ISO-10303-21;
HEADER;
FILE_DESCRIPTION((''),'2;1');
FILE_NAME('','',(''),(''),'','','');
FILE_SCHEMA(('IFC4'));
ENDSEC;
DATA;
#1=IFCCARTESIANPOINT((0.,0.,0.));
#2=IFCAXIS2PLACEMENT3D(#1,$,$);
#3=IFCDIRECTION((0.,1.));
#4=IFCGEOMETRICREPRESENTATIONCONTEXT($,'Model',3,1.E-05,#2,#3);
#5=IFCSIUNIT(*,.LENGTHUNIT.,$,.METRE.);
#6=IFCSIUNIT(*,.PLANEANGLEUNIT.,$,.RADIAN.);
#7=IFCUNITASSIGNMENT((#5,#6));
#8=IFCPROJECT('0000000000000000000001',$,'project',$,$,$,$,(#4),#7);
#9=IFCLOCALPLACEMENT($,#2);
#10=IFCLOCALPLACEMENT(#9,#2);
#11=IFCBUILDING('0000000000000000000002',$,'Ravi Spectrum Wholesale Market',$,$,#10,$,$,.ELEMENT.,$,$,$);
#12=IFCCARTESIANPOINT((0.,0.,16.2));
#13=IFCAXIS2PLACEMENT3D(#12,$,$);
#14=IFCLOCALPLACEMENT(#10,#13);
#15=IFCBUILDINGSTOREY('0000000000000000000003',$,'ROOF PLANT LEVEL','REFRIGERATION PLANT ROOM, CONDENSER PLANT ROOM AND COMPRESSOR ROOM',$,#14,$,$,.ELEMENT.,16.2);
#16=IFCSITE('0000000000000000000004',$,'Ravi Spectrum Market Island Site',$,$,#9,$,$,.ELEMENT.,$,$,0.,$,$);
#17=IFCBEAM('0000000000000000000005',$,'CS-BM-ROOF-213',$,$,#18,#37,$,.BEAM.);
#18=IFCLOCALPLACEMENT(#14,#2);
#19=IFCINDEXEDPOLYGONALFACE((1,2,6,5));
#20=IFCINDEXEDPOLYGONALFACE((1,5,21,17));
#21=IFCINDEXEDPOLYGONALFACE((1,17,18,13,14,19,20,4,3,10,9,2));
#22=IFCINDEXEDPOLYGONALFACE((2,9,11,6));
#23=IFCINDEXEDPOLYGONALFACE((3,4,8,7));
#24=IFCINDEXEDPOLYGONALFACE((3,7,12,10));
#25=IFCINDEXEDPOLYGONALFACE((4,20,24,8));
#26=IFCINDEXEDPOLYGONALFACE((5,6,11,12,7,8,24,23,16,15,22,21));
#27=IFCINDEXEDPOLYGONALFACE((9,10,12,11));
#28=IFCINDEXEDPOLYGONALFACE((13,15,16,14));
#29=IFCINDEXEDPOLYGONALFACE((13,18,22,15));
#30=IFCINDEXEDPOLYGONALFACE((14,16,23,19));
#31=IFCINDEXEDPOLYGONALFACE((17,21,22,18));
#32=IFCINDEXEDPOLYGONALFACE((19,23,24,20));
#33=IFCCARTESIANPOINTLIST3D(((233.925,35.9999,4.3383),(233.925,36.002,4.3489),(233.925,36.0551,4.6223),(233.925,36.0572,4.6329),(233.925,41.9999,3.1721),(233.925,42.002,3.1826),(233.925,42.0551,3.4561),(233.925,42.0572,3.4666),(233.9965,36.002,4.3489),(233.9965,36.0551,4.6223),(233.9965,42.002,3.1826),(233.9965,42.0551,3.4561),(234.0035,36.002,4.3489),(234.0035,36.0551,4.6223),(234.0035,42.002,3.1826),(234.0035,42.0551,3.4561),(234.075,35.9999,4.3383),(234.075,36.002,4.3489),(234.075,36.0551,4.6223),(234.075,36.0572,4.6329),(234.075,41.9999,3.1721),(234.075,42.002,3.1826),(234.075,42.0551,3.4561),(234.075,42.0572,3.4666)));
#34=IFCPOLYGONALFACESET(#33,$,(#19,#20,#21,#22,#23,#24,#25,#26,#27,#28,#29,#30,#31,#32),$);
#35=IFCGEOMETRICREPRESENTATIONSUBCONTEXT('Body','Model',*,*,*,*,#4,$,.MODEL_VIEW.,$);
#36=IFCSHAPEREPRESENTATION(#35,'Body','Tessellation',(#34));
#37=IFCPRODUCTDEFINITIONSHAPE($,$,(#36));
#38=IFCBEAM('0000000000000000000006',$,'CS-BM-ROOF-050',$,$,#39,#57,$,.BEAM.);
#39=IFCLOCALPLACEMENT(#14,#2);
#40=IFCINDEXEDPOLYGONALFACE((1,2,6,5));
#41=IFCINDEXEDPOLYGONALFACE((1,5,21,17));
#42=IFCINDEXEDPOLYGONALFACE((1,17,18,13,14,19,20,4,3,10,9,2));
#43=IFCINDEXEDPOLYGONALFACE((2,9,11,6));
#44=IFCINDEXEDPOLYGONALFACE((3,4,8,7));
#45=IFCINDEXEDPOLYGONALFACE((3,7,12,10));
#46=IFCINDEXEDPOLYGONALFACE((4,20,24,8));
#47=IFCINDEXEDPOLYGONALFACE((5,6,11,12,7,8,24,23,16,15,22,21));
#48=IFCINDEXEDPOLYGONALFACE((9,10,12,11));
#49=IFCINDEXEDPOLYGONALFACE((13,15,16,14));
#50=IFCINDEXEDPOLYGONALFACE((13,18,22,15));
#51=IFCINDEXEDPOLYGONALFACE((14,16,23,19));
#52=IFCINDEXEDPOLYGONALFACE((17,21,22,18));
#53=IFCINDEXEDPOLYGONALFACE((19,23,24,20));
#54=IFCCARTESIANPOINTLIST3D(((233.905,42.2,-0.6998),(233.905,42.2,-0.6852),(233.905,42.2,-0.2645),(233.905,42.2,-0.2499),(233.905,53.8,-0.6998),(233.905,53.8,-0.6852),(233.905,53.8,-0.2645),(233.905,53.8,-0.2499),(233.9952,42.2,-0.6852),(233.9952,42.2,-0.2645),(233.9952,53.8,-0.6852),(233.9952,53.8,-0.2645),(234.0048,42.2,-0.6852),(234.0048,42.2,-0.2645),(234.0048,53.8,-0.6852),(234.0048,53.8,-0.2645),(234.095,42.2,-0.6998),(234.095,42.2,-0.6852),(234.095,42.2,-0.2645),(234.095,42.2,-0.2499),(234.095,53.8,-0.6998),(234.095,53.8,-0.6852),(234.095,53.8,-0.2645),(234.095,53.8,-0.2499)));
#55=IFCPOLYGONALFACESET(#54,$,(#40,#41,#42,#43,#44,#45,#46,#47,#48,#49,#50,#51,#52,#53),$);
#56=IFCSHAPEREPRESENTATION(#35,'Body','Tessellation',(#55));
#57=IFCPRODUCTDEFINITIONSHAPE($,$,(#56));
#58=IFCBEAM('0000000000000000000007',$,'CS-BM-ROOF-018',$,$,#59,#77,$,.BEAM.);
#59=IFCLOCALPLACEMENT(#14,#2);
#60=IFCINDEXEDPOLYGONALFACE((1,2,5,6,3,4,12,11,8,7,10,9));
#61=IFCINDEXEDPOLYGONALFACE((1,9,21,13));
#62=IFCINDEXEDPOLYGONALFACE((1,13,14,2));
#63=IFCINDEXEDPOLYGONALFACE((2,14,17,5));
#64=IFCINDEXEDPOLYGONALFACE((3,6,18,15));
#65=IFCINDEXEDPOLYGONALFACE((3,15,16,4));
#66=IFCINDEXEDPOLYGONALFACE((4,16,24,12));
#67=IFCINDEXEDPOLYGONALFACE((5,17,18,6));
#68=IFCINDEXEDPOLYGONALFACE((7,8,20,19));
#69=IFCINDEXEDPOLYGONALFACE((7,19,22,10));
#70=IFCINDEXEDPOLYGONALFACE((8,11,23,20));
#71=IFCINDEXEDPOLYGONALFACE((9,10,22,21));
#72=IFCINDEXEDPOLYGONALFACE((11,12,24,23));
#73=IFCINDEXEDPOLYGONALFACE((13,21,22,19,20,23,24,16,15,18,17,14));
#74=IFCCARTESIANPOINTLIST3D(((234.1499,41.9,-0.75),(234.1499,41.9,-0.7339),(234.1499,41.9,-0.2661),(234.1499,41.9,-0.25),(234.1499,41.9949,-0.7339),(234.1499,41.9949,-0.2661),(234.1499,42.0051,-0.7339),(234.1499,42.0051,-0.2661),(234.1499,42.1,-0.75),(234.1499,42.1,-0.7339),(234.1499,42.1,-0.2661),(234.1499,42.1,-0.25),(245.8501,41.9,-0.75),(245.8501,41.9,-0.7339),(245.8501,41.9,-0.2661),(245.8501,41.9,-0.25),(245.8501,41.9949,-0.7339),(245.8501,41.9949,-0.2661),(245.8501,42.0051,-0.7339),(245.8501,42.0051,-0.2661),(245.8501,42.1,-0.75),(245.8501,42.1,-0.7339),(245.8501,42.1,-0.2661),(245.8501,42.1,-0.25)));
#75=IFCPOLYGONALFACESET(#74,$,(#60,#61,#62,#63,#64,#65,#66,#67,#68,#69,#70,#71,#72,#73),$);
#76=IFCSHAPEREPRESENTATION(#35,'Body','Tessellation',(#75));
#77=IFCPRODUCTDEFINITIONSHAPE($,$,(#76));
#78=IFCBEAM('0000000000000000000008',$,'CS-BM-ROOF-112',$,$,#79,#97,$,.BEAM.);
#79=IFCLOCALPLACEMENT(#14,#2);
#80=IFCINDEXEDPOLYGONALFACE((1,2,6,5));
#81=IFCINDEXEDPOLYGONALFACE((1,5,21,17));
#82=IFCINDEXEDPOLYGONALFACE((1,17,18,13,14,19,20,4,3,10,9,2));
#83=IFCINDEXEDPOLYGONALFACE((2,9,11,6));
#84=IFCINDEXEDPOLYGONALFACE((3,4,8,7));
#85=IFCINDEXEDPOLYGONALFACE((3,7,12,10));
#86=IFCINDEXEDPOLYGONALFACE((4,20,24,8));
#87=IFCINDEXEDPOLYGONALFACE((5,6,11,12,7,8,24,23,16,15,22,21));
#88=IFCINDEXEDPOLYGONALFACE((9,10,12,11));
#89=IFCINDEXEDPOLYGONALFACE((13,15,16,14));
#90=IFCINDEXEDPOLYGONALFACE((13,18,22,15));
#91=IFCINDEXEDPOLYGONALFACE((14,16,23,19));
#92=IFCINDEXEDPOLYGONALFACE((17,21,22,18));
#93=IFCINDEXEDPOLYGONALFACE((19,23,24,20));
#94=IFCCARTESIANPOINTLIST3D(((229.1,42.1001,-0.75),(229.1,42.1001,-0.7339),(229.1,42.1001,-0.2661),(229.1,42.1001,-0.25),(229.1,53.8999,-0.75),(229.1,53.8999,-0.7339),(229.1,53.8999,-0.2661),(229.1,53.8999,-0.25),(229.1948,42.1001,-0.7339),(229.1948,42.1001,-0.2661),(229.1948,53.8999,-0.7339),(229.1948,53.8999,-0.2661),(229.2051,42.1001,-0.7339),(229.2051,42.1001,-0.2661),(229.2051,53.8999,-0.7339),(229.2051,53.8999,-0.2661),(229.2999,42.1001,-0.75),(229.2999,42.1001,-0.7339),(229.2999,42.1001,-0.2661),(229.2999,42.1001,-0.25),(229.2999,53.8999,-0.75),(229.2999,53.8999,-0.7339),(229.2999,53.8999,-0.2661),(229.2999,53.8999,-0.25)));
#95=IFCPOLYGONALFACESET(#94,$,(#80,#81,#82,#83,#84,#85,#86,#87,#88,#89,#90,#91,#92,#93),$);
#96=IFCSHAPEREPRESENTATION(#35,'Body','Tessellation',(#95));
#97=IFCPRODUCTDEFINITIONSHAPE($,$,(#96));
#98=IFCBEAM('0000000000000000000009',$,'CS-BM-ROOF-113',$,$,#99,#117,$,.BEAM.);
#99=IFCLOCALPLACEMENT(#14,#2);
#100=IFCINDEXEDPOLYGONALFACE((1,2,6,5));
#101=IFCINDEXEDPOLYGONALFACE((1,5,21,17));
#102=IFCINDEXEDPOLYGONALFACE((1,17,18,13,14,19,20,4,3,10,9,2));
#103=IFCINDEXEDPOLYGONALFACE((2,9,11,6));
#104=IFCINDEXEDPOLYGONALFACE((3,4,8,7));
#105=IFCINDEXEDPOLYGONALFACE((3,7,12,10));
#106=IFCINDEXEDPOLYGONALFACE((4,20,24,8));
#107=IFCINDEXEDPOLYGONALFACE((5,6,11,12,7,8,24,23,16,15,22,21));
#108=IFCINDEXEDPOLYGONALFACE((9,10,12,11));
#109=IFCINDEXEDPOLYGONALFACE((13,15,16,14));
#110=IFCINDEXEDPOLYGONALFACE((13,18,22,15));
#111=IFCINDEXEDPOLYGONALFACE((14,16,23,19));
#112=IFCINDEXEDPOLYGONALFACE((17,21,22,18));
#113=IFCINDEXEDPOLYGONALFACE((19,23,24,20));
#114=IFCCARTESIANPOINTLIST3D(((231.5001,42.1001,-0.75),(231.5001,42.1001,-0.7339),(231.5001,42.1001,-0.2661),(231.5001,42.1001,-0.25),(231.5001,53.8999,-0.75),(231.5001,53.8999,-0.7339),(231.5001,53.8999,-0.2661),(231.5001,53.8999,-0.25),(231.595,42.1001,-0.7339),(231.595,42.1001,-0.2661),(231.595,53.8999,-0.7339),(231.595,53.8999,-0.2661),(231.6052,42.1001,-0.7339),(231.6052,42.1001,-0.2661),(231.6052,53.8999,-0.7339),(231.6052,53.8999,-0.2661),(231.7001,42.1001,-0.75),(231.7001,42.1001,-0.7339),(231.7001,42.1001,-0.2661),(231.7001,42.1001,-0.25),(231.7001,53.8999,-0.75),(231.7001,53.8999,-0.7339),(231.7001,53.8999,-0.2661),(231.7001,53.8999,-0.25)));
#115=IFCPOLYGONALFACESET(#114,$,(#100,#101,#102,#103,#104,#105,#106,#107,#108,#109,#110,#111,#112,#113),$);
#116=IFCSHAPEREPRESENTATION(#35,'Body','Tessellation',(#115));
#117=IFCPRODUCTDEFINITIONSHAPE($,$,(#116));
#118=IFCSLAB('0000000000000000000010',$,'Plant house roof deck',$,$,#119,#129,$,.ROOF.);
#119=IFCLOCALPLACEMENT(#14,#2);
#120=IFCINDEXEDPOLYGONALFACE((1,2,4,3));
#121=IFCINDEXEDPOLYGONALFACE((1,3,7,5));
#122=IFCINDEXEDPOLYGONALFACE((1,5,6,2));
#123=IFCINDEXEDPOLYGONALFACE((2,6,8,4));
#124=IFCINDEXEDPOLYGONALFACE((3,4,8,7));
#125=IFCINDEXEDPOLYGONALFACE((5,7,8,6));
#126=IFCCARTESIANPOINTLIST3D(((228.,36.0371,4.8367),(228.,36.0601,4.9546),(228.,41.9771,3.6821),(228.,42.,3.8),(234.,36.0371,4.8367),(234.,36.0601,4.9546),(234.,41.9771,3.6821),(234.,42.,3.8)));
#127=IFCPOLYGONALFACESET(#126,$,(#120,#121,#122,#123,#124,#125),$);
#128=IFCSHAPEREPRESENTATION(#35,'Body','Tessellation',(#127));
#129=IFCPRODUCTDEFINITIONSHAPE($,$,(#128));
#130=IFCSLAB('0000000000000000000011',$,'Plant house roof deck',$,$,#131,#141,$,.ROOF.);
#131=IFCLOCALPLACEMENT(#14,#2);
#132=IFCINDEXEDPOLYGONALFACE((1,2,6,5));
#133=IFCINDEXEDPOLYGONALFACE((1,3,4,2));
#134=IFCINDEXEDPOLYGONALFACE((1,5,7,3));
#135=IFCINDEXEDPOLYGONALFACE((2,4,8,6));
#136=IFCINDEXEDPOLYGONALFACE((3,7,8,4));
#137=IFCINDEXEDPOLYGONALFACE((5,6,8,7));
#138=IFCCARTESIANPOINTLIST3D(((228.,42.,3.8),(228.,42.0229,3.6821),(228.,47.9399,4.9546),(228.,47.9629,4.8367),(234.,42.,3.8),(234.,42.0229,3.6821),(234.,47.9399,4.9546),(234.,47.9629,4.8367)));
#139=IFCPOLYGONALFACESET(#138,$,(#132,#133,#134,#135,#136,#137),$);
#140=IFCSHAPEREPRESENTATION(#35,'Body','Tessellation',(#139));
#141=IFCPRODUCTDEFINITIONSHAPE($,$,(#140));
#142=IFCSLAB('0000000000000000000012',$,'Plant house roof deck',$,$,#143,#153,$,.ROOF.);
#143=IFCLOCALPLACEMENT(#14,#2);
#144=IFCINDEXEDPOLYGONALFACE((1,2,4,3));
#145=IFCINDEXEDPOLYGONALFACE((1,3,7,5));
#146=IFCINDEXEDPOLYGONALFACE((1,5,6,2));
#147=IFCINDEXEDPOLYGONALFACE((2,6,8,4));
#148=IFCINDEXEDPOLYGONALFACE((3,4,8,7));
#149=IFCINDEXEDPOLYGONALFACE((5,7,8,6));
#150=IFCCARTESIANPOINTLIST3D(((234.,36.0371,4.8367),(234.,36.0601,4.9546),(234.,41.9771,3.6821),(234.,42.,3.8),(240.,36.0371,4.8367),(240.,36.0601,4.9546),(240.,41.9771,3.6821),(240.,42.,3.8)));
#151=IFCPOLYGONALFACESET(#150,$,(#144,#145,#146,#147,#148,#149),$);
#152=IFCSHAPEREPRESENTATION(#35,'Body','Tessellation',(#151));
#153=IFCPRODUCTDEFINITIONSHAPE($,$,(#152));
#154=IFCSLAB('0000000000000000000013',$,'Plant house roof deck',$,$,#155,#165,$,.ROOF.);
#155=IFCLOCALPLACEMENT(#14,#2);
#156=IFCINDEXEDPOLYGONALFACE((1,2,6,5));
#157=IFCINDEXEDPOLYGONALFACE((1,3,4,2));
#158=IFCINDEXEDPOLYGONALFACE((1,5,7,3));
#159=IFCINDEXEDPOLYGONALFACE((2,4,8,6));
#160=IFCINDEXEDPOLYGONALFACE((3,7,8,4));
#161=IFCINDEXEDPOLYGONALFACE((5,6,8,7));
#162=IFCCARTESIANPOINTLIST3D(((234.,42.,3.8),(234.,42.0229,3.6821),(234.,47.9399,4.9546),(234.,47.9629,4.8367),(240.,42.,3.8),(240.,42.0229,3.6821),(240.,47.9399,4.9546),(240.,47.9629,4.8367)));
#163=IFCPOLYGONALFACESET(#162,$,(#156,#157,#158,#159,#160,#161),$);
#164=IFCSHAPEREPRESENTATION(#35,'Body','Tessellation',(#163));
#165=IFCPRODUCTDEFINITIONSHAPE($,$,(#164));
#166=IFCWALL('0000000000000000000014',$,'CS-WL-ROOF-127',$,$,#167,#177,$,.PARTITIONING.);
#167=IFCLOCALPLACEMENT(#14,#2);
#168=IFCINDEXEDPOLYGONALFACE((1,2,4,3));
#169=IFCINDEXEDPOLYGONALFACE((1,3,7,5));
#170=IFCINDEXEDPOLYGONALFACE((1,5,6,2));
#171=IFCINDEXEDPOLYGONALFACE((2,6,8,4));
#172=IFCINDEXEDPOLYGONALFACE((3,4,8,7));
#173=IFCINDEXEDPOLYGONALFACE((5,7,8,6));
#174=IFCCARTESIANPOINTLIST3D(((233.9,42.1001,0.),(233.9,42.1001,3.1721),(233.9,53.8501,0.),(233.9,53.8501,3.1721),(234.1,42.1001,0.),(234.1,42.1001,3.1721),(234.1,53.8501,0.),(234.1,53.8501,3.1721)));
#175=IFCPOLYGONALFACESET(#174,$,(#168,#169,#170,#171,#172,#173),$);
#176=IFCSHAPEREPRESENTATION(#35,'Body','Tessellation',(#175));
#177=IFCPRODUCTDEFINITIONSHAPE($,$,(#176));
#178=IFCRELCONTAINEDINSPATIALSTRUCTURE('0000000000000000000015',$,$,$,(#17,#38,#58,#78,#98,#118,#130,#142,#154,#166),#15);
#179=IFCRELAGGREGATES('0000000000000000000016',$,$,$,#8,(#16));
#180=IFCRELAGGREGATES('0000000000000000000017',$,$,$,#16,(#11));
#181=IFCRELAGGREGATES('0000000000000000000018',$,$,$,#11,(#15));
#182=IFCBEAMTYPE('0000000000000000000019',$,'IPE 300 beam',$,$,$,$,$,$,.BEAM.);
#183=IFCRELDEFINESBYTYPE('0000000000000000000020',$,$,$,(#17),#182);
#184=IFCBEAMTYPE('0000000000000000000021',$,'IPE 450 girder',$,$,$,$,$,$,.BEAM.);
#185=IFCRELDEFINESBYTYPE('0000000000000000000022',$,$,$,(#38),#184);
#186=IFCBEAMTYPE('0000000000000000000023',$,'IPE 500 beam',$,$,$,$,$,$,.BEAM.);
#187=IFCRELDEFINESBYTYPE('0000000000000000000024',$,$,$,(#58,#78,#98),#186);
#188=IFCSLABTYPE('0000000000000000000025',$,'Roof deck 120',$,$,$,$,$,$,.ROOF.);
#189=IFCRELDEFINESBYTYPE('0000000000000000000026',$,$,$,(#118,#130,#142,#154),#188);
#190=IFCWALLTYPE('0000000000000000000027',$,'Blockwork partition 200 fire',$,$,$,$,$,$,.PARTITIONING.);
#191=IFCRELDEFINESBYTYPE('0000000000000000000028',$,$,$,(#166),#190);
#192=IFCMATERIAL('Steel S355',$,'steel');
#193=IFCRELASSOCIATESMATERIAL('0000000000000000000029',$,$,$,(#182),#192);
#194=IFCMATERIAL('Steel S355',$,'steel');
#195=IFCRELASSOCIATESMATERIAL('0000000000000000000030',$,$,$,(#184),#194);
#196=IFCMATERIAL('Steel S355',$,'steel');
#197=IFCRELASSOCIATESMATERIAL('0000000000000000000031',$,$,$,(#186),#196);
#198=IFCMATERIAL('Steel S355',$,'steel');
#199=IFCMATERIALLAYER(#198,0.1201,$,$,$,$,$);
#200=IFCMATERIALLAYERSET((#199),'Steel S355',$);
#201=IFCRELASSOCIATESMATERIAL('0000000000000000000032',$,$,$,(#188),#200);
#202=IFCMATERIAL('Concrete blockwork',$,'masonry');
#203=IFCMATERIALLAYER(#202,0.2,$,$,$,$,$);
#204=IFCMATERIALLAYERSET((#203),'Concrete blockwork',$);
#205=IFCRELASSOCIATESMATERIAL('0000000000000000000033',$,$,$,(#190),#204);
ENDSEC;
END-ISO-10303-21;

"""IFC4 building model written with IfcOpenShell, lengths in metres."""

from ifc_helpers import new_model, si_unit, direction, frame, frame_2d, origin, origin_2d, place, context, subcontext, project, spatial, polyline, rectangle, i_section, outline, extrude, material, layer, layer_set, material_profile, profile_set, type_object, element, save


model = new_model("IFC4")

# Units and contexts
model_context = context("Model", 3, precision=1e-05, world=origin(), true_north=direction((0.0, 1.0)))
body_context = subcontext(model_context, "Body", "Model", "MODEL_VIEW")
ifc_project = project(units=[si_unit("LENGTHUNIT", "METRE"), si_unit("PLANEANGLEUNIT", "RADIAN")], contexts=[model_context])

# Site, building, storey
site_placement = place(None, origin())
site = spatial("IfcSite", under=ifc_project, at=site_placement, Name="Ravi Spectrum Market Island Site", CompositionType="ELEMENT", RefElevation=0.0)
building_placement = place(site_placement, origin())
building = spatial("IfcBuilding", under=site, at=building_placement, Name="Ravi Spectrum Wholesale Market", CompositionType="ELEMENT")
storey_placement = place(building_placement, frame((0.0, 0.0, 16.2)))
storey = spatial("IfcBuildingStorey", under=building, at=storey_placement, Name="ROOF PLANT LEVEL", Description="REFRIGERATION PLANT ROOM, CONDENSER PLANT ROOM AND COMPRESSOR ROOM", CompositionType="ELEMENT", Elevation=16.2)

# Beams
ifc_material_1 = material(Name="Steel S355", Category="steel")
ifc_material_profile_1 = material_profile(ifc_material_1, i_section(OverallWidth=0.1499, OverallDepth=0.3, WebThickness=0.0071, FlangeThickness=0.0107, at=origin_2d()))
ifc_profile_set_1 = profile_set([ifc_material_profile_1], Name="Steel S355")
beam_type_1 = type_object("IfcBeamType", Name="IPE 300 beam", PredefinedType="BEAM", material=ifc_profile_set_1)
for number, where, z_axis, x_axis, name in (
    (1, (234.0, 42.0286, 3.3193), (0.0, -0.981628, 0.190806), (1.0, 0.0, 0.0), "CS-BM-ROOF-213"),
):
    element("IfcBeam", number, at=place(storey_placement, frame(where, z_axis=z_axis, x_axis=x_axis)), inside=storey, type_object=beam_type_1, Name=name, PredefinedType="BEAM", context=body_context, shape_type="SweptSolid", body=[
        extrude(i_section(OverallWidth=0.1499, OverallDepth=0.3, WebThickness=0.0071, FlangeThickness=0.0107, at=origin_2d()), origin(), (0.0, 0.0, 1.0), 6.1123),
    ])
ifc_material_2 = material(Name="Steel S355", Category="steel")
ifc_material_profile_2 = material_profile(ifc_material_2, i_section(OverallWidth=0.1899, OverallDepth=0.45, WebThickness=0.0095, FlangeThickness=0.0146, at=origin_2d()))
ifc_profile_set_2 = profile_set([ifc_material_profile_2], Name="Steel S355")
beam_type_2 = type_object("IfcBeamType", Name="IPE 450 girder", PredefinedType="BEAM", material=ifc_profile_set_2)
beam_1_placement = place(storey_placement, frame((234.0, 42.2, -0.4749), z_axis=(0.0, 1.0, 0.0), x_axis=(-1.0, 0.0, 0.0)))
element("IfcBeam", 2, at=beam_1_placement, inside=storey, type_object=beam_type_2, Name="CS-BM-ROOF-050", PredefinedType="BEAM", context=body_context, shape_type="SweptSolid", body=[
    extrude(i_section(OverallWidth=0.1899, OverallDepth=0.45, WebThickness=0.0095, FlangeThickness=0.0146, at=origin_2d()), origin(), (0.0, 0.0, 1.0), 11.6001),
])
ifc_material_3 = material(Name="Steel S355", Category="steel")
ifc_material_profile_3 = material_profile(ifc_material_3, i_section(OverallWidth=0.2, OverallDepth=0.5, WebThickness=0.0103, FlangeThickness=0.0161, at=origin_2d()))
ifc_profile_set_3 = profile_set([ifc_material_profile_3], Name="Steel S355")
beam_type_3 = type_object("IfcBeamType", Name="IPE 500 beam", PredefinedType="BEAM", material=ifc_profile_set_3)
beam_2_placement = place(storey_placement, frame((234.1499, 42.0, -0.5), z_axis=(1.0, 0.0, 0.0), x_axis=(0.0, 1.0, 0.0)))
element("IfcBeam", 3, at=beam_2_placement, inside=storey, type_object=beam_type_3, Name="CS-BM-ROOF-018", PredefinedType="BEAM", context=body_context, shape_type="SweptSolid", body=[
    extrude(i_section(OverallWidth=0.2, OverallDepth=0.5, WebThickness=0.0103, FlangeThickness=0.0161, at=origin_2d()), origin(), (0.0, 0.0, 1.0), 11.7002),
])
for number, where, z_axis, x_axis, name in (
    (4, (229.2, 42.1001, -0.5), (0.0, 1.0, 0.0), (-1.0, 0.0, 0.0), "CS-BM-ROOF-112"),
    (5, (231.6001, 42.1001, -0.5), (0.0, 1.0, 0.0), (-1.0, 0.0, 0.0), "CS-BM-ROOF-113"),
):
    element("IfcBeam", number, at=place(storey_placement, frame(where, z_axis=z_axis, x_axis=x_axis)), inside=storey, type_object=beam_type_3, Name=name, PredefinedType="BEAM", context=body_context, shape_type="SweptSolid", body=[
        extrude(i_section(OverallWidth=0.2, OverallDepth=0.5, WebThickness=0.0103, FlangeThickness=0.0161, at=origin_2d()), origin(), (0.0, 0.0, 1.0), 11.7998),
    ])

# Slabs
ifc_material_4 = material(Name="Steel S355", Category="steel")
ifc_layer_1 = layer(ifc_material_4, 0.1201)
ifc_layer_set_1 = layer_set([ifc_layer_1], Name="Steel S355")
slab_type = type_object("IfcSlabType", Name="Roof deck 120", PredefinedType="ROOF", material=ifc_layer_set_1)
slab_1_placement = place(storey_placement, frame((228.0, 42.0, 3.8), z_axis=(0.0, 0.190798, 0.981629), x_axis=(1.0, 0.0, 0.0)))
element("IfcSlab", 6, at=slab_1_placement, inside=storey, type_object=slab_type, Name="Plant house roof deck", PredefinedType="ROOF", context=body_context, shape_type="SweptSolid", body=[
    extrude(outline(polyline([(0.0, 0.0), (6.0, 0.0), (6.0, -6.0511), (0.0, -6.0511), (0.0, 0.0)])), origin(), (0.0, 0.0, -1.0), 0.1201),
])
slab_2_placement = place(storey_placement, frame((228.0, 42.0, 3.8), z_axis=(0.0, -0.190798, 0.981629), x_axis=(1.0, 0.0, 0.0)))
element("IfcSlab", 7, at=slab_2_placement, inside=storey, type_object=slab_type, Name="Plant house roof deck", PredefinedType="ROOF", context=body_context, shape_type="SweptSolid", body=[
    extrude(outline(polyline([(0.0, 0.0), (6.0, 0.0), (6.0, 6.0511), (0.0, 6.0511), (0.0, 0.0)])), origin(), (0.0, 0.0, -1.0), 0.1201),
])
slab_3_placement = place(storey_placement, frame((234.0, 42.0, 3.8), z_axis=(0.0, 0.190798, 0.981629), x_axis=(1.0, 0.0, 0.0)))
element("IfcSlab", 8, at=slab_3_placement, inside=storey, type_object=slab_type, Name="Plant house roof deck", PredefinedType="ROOF", context=body_context, shape_type="SweptSolid", body=[
    extrude(outline(polyline([(0.0, 0.0), (6.0, 0.0), (6.0, -6.0511), (0.0, -6.0511), (0.0, 0.0)])), origin(), (0.0, 0.0, -1.0), 0.1201),
])
slab_4_placement = place(storey_placement, frame((234.0, 42.0, 3.8), z_axis=(0.0, -0.190798, 0.981629), x_axis=(1.0, 0.0, 0.0)))
element("IfcSlab", 9, at=slab_4_placement, inside=storey, type_object=slab_type, Name="Plant house roof deck", PredefinedType="ROOF", context=body_context, shape_type="SweptSolid", body=[
    extrude(outline(polyline([(0.0, 0.0), (6.0, 0.0), (6.0, 6.0511), (0.0, 6.0511), (0.0, 0.0)])), origin(), (0.0, 0.0, -1.0), 0.1201),
])

# Wall
ifc_material_5 = material(Name="Concrete blockwork", Category="masonry")
ifc_layer_2 = layer(ifc_material_5, 0.2)
ifc_layer_set_2 = layer_set([ifc_layer_2], Name="Concrete blockwork")
wall_type = type_object("IfcWallType", Name="Blockwork partition 200 fire", PredefinedType="PARTITIONING", material=ifc_layer_set_2)
wall_placement = place(storey_placement, frame((234.0, 42.1001, 0.0), z_axis=(0.0, 0.0, 1.0), x_axis=(0.0, 1.0, 0.0)))
element("IfcWall", 10, at=wall_placement, inside=storey, type_object=wall_type, Name="CS-WL-ROOF-127", PredefinedType="PARTITIONING", context=body_context, shape_type="SweptSolid", body=[
    extrude(rectangle(XDim=11.75, YDim=0.2, at=frame_2d((5.875, 0.0))), origin(), (0.0, 0.0, 1.0), 3.1721),
])

save(model, "model.ifc")
